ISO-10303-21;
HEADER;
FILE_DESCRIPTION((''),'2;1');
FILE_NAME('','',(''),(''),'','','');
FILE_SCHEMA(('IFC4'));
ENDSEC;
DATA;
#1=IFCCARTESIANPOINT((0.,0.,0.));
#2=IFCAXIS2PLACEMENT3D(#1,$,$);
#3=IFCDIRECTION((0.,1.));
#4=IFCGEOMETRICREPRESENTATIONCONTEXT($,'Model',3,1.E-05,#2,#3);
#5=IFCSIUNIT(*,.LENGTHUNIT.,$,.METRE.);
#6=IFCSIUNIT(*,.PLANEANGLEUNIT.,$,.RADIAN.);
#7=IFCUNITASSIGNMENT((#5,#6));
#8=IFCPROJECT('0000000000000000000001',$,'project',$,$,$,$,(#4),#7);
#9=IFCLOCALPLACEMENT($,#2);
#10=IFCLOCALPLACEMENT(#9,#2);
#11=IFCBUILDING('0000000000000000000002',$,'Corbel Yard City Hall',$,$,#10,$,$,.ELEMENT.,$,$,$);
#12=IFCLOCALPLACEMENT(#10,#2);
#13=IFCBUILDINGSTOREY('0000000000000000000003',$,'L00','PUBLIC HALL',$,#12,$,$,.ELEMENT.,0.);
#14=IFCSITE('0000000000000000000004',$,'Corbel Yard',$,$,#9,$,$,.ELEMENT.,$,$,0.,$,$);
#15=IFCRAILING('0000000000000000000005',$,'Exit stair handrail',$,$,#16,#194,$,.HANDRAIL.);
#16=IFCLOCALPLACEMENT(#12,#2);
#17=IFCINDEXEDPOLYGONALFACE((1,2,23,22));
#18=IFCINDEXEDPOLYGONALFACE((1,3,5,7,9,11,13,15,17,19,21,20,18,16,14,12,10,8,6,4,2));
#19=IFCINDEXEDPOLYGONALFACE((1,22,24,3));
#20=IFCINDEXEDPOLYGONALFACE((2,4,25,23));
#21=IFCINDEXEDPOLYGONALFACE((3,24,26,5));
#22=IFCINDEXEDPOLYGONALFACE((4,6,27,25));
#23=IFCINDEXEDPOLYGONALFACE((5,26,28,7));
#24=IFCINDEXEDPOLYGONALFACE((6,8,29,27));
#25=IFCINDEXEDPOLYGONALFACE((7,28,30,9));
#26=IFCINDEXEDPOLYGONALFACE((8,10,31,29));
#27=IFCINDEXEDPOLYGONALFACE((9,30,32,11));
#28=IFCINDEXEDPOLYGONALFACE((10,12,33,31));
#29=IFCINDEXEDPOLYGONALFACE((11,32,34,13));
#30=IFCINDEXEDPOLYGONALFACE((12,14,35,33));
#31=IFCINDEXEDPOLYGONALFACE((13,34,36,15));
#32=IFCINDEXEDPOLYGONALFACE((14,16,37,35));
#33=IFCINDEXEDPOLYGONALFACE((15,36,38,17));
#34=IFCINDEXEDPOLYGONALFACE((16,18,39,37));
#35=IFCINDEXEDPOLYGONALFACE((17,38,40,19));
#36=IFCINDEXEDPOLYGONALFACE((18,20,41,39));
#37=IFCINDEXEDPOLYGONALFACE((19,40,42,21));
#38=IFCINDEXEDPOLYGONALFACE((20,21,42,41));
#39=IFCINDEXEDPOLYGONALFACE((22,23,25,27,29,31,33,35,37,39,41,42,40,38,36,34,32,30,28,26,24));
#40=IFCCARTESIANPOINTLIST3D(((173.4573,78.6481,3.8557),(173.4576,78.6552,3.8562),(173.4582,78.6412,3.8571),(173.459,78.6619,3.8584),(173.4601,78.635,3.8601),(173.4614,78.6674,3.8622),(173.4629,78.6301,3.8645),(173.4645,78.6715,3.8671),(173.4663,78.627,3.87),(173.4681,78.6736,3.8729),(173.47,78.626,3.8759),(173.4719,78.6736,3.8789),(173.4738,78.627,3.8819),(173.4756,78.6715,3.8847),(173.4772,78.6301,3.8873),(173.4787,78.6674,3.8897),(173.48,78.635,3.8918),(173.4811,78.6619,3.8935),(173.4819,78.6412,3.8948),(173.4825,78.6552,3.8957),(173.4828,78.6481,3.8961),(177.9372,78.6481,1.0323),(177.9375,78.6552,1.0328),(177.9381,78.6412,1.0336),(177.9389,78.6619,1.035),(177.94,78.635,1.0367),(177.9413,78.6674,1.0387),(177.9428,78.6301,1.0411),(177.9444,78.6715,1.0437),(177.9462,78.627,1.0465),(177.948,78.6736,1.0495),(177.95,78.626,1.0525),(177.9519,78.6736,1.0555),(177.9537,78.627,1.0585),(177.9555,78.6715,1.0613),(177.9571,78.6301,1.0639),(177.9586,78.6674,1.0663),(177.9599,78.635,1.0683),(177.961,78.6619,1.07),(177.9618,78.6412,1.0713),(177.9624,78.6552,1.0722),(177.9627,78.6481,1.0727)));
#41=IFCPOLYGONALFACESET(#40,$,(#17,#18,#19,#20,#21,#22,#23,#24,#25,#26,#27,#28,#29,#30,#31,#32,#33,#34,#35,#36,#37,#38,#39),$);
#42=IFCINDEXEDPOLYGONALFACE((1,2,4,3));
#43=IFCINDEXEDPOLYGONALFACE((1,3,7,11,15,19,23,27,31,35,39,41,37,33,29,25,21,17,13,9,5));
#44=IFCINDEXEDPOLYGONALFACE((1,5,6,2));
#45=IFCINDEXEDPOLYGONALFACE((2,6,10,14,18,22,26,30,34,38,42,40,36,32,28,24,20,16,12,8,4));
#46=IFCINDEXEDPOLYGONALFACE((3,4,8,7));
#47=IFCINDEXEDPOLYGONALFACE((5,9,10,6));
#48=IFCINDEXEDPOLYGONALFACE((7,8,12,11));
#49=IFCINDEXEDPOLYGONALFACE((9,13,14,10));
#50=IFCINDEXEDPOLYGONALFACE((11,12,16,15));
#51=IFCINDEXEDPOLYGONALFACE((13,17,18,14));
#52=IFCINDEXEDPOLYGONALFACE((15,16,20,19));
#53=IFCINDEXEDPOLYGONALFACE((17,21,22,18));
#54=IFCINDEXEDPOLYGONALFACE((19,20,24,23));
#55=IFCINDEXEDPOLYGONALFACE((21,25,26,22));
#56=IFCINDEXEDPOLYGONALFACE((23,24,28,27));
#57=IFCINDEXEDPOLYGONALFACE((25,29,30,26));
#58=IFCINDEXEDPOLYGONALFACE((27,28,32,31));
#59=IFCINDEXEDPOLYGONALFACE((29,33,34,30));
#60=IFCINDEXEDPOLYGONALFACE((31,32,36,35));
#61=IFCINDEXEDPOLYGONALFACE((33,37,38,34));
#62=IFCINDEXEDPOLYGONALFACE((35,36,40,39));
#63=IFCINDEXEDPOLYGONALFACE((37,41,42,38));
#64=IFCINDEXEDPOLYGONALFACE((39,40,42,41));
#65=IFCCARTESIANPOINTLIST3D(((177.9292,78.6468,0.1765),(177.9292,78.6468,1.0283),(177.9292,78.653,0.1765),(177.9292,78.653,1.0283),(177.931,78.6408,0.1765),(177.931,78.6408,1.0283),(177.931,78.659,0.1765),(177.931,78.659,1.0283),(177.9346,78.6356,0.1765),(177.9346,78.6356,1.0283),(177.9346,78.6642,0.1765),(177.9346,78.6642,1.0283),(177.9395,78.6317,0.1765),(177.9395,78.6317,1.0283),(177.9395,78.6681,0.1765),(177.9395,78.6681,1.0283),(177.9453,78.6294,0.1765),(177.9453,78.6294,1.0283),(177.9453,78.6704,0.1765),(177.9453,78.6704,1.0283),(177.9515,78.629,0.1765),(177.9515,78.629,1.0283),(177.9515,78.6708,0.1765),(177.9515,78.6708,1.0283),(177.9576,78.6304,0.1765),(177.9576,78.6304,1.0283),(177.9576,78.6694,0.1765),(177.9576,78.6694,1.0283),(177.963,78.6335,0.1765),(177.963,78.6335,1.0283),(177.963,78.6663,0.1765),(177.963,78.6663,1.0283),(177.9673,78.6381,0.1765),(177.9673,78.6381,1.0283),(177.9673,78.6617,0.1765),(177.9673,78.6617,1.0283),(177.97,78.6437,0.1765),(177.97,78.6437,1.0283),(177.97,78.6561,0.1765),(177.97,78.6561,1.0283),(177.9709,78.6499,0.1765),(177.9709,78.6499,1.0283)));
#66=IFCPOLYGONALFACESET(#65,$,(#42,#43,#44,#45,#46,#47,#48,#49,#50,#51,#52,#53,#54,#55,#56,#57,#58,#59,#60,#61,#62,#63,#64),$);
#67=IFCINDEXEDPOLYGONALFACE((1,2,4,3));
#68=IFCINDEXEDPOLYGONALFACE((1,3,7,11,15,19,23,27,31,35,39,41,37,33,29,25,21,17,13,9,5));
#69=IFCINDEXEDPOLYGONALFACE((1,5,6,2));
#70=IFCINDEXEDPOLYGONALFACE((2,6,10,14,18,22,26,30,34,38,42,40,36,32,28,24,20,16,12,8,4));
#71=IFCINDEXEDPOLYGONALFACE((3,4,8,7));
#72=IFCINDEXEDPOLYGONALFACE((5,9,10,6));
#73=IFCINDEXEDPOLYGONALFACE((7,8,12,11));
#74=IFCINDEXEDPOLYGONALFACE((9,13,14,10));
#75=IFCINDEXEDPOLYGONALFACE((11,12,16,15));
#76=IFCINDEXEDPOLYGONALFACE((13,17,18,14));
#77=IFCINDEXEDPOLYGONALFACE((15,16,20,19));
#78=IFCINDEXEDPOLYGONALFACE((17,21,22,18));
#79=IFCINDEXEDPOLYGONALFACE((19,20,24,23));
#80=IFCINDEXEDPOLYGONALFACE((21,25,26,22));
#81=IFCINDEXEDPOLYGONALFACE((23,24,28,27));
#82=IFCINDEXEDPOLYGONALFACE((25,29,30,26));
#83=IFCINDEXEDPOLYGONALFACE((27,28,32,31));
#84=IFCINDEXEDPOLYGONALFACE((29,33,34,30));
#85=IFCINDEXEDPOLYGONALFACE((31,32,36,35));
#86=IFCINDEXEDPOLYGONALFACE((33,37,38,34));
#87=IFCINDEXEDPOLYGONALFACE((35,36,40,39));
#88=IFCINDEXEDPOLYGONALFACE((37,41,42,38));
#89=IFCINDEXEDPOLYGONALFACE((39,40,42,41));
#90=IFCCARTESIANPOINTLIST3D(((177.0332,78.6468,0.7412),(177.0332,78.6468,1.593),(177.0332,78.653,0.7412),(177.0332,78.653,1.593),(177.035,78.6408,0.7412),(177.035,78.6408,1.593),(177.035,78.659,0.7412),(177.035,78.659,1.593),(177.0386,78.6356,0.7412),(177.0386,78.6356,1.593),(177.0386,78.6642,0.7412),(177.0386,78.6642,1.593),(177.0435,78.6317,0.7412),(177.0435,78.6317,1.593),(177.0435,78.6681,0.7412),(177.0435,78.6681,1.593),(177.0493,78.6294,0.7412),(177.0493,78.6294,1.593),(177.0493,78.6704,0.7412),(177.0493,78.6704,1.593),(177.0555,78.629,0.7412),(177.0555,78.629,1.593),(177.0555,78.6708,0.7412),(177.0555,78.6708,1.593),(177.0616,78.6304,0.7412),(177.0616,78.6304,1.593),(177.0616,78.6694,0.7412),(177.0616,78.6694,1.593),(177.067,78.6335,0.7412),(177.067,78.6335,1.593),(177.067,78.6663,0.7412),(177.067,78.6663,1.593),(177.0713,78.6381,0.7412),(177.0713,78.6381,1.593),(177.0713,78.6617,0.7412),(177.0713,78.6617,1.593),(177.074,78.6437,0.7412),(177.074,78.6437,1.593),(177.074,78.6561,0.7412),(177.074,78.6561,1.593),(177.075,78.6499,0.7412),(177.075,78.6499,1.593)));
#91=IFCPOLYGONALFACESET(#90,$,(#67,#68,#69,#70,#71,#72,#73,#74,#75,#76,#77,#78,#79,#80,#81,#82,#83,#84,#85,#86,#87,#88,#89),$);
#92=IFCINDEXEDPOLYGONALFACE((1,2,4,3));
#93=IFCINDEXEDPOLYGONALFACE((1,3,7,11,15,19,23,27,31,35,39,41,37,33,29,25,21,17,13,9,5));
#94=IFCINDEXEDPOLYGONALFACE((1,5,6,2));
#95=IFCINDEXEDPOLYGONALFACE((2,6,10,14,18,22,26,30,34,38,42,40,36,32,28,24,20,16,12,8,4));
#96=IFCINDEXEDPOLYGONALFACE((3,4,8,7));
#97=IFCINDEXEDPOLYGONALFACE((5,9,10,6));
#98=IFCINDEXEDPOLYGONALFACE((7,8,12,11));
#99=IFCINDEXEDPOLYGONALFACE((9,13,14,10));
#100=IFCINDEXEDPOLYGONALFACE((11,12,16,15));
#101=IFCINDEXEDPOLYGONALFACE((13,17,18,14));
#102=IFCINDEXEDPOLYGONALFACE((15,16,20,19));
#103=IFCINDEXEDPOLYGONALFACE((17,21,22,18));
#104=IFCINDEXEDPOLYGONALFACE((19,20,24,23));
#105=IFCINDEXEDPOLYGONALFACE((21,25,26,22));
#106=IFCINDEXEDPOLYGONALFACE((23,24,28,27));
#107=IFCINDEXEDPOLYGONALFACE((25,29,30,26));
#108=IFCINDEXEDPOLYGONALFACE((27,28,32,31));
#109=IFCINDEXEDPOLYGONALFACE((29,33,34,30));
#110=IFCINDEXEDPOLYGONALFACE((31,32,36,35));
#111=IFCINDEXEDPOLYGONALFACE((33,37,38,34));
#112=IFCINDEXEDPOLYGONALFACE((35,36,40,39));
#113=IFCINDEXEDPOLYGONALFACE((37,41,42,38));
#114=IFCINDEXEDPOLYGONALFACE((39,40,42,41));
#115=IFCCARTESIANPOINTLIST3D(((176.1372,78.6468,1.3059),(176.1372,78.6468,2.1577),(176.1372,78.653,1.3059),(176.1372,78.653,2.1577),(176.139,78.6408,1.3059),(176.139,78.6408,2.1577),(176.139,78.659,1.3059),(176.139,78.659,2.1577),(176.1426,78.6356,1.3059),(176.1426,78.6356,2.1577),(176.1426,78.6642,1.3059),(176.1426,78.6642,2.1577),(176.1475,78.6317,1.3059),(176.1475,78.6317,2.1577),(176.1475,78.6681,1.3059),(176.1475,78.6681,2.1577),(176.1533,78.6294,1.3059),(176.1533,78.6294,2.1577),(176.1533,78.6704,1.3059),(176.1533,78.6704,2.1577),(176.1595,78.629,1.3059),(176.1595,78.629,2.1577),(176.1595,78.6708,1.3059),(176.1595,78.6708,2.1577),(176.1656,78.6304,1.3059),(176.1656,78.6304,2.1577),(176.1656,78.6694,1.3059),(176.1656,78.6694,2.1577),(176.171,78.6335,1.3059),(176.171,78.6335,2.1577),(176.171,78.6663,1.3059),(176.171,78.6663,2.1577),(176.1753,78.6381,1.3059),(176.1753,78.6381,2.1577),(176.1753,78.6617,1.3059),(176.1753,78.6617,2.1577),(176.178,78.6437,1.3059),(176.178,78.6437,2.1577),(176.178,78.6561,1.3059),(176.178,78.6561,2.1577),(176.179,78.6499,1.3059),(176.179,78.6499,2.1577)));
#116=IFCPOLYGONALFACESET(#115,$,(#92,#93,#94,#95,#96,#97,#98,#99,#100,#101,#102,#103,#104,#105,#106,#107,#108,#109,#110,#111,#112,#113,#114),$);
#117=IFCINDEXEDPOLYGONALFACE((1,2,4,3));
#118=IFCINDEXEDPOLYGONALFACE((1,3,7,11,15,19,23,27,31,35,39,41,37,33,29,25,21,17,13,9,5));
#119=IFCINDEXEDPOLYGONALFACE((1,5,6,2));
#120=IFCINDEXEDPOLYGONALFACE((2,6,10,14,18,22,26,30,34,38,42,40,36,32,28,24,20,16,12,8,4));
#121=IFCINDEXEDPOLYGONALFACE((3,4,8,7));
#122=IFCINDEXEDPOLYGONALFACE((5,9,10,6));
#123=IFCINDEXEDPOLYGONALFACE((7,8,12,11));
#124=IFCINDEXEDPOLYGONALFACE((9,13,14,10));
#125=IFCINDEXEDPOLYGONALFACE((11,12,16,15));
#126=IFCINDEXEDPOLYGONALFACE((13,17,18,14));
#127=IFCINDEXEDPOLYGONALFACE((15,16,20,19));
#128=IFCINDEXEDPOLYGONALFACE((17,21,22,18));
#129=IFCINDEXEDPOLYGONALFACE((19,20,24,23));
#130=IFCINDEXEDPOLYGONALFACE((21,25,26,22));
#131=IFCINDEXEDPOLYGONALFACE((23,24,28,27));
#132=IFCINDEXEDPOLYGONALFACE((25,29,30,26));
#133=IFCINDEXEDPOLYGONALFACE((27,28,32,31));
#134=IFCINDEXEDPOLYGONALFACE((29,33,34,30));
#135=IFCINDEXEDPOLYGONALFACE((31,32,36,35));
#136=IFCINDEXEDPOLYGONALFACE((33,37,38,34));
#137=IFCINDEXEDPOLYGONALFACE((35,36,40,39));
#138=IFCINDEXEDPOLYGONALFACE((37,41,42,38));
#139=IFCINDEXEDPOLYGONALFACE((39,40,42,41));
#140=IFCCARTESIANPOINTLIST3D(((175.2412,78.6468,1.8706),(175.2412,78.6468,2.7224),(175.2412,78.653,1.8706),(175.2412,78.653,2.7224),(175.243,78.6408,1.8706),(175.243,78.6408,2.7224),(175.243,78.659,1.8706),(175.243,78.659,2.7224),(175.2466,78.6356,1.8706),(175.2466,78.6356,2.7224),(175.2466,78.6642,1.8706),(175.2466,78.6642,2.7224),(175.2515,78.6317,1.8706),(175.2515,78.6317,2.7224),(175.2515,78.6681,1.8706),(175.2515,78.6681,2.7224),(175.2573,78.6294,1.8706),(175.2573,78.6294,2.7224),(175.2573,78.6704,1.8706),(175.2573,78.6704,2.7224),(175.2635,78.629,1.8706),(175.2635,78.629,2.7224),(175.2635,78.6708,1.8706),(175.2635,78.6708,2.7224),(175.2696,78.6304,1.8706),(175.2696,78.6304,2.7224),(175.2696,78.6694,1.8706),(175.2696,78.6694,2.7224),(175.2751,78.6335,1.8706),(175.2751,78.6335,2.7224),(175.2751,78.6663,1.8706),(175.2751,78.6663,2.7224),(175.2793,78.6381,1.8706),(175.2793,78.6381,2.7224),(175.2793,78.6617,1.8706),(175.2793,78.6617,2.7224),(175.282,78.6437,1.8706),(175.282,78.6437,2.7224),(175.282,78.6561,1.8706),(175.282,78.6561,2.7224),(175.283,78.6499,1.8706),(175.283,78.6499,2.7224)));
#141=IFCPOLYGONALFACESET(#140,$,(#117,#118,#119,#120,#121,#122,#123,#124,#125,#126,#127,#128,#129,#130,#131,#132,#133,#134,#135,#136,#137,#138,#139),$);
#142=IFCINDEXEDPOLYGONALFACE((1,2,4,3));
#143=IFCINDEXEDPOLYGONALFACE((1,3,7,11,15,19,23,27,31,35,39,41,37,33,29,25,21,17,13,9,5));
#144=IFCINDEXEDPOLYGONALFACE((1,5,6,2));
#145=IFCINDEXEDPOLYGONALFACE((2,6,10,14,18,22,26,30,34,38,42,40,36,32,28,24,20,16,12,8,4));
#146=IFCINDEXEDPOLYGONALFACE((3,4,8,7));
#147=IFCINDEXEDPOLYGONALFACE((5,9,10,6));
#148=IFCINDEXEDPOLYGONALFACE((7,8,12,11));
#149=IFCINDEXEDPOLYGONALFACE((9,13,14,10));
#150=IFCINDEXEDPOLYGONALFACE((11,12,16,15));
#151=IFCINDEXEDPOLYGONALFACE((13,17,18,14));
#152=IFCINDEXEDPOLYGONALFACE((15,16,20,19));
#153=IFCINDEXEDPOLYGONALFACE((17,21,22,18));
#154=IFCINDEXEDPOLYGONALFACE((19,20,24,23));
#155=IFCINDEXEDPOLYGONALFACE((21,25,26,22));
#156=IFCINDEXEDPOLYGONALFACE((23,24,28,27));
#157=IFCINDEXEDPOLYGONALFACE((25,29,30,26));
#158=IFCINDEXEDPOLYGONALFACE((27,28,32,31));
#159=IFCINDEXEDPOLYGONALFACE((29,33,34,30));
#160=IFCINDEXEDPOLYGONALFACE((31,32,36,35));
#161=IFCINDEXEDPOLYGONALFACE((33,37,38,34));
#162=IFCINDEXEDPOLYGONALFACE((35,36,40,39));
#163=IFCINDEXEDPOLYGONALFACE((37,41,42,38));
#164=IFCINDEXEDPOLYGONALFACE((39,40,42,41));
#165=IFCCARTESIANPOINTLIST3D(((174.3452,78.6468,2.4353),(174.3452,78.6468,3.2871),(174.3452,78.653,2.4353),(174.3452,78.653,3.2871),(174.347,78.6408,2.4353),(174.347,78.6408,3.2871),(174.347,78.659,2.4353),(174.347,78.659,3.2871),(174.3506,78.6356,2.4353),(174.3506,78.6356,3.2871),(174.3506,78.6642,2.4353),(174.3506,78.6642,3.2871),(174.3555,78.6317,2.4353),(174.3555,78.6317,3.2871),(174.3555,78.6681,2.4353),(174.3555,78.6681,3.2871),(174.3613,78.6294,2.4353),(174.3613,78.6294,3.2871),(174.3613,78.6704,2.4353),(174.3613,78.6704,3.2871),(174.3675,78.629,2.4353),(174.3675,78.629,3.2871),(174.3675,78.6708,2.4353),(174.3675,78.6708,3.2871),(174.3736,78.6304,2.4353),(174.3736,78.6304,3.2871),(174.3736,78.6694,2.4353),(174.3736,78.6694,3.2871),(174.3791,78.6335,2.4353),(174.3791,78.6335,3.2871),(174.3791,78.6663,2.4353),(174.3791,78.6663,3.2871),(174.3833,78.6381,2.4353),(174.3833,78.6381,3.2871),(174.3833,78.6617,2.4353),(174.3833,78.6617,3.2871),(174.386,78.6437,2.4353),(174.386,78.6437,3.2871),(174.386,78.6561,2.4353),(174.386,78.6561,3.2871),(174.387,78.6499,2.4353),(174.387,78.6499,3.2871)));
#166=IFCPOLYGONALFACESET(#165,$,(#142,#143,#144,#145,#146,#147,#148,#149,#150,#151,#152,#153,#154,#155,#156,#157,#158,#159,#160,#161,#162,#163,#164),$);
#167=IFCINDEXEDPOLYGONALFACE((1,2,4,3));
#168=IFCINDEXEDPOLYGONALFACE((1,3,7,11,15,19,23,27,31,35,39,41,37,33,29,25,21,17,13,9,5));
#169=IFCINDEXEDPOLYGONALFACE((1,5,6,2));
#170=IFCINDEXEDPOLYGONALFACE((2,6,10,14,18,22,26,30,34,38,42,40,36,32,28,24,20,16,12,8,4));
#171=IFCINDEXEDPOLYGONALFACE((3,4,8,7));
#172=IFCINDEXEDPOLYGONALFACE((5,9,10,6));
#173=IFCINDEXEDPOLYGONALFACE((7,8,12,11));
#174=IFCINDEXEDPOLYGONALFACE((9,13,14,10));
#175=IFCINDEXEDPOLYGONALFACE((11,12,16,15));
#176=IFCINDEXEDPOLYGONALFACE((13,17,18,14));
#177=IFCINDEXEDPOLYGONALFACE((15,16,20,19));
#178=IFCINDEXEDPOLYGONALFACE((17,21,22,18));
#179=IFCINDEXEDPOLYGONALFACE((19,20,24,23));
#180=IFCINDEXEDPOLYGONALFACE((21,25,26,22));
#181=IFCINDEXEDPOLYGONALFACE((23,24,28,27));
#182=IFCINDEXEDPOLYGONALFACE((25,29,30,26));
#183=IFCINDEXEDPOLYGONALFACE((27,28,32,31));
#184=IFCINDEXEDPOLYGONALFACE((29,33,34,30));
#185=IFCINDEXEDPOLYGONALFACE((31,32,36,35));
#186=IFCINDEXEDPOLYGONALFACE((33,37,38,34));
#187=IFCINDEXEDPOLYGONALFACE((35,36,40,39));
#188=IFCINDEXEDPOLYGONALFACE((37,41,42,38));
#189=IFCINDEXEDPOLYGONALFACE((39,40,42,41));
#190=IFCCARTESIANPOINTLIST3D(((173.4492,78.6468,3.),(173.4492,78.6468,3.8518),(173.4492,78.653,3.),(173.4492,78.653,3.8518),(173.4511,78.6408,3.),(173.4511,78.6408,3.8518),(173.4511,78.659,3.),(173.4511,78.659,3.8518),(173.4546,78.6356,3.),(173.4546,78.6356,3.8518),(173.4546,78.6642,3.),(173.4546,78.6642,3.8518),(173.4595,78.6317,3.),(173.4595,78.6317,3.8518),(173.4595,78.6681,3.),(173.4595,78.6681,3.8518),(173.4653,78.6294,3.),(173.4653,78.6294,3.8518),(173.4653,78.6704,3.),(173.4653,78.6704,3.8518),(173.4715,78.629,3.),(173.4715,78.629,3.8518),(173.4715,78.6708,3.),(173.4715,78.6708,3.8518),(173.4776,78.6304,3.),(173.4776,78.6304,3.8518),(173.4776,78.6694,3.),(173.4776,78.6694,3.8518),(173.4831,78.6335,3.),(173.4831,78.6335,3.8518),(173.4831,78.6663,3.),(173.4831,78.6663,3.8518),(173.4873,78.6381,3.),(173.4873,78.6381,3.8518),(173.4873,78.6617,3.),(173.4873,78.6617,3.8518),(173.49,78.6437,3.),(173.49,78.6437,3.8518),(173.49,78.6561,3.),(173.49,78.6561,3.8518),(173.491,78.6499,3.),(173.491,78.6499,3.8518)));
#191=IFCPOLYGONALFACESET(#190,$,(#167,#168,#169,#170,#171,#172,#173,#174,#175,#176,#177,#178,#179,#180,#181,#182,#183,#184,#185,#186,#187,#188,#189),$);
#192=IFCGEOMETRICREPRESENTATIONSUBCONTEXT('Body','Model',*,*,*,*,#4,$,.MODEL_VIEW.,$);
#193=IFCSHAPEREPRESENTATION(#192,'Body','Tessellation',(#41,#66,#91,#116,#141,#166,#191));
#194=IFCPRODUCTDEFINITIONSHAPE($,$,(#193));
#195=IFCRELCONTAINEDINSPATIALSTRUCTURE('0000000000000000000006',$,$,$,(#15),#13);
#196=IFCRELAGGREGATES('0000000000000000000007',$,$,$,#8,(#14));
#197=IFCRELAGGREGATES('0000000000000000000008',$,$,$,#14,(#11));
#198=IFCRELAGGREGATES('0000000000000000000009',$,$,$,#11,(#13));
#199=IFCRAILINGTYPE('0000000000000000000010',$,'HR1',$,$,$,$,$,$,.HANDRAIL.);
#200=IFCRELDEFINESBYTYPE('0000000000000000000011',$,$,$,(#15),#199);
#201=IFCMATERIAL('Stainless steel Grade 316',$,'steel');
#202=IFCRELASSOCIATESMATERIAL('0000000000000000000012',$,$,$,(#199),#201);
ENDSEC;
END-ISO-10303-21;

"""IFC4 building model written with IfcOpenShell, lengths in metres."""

from ifc_helpers import new_model, si_unit, direction, frame, origin, origin_2d, place, context, subcontext, project, spatial, circle, extrude, material, type_object, element, save


model = new_model("IFC4")

# Units and contexts
model_context = context("Model", 3, precision=1e-05, world=origin(), true_north=direction((0.0, 1.0)))
body_context = subcontext(model_context, "Body", "Model", "MODEL_VIEW")
ifc_project = project(units=[si_unit("LENGTHUNIT", "METRE"), si_unit("PLANEANGLEUNIT", "RADIAN")], contexts=[model_context])

# Site, building, storey
site_placement = place(None, origin())
site = spatial("IfcSite", under=ifc_project, at=site_placement, Name="Corbel Yard", CompositionType="ELEMENT", RefElevation=0.0)
building_placement = place(site_placement, origin())
building = spatial("IfcBuilding", under=site, at=building_placement, Name="Corbel Yard City Hall", CompositionType="ELEMENT")
storey_placement = place(building_placement, origin())
storey = spatial("IfcBuildingStorey", under=building, at=storey_placement, Name="L00", Description="PUBLIC HALL", CompositionType="ELEMENT", Elevation=0.0)

# Shared definitions
ifc_material_1 = material(Name="Stainless steel Grade 316", Category="steel")

# Railing
railing_type = type_object("IfcRailingType", Name="HR1", PredefinedType="HANDRAIL", material=ifc_material_1)
for number, where, name in (
    (1, (177.95, 78.6499, 0.1765), "Exit stair handrail"),
):
    element("IfcRailing", number, at=place(storey_placement, frame(where)), inside=storey, type_object=railing_type, Name=name, PredefinedType="HANDRAIL", context=body_context, shape_type="SweptSolid", body=[
        extrude(circle(Radius=0.0239, at=origin_2d()), frame((0.0, 0.0, 0.876), z_axis=(-0.845998, 0.0, 0.533186), x_axis=(0.0, -1.0, 0.0)), (0.0, 0.0, 1.0), 5.2954),
        extrude(circle(Radius=0.021, at=origin_2d()), origin(), (0.0, 0.0, 1.0), 0.8518),
        extrude(circle(Radius=0.021, at=origin_2d()), frame((-0.896, 0.0, 0.5647)), (0.0, 0.0, 1.0), 0.8518),
        extrude(circle(Radius=0.021, at=origin_2d()), frame((-1.792, 0.0, 1.1294)), (0.0, 0.0, 1.0), 0.8518),
        extrude(circle(Radius=0.021, at=origin_2d()), frame((-2.688, 0.0, 1.6941)), (0.0, 0.0, 1.0), 0.8518),
        extrude(circle(Radius=0.021, at=origin_2d()), frame((-3.584, 0.0, 2.2588)), (0.0, 0.0, 1.0), 0.8518),
        extrude(circle(Radius=0.021, at=origin_2d()), frame((-4.48, 0.0, 2.8235)), (0.0, 0.0, 1.0), 0.8518),
    ])

save(model, "model.ifc")
